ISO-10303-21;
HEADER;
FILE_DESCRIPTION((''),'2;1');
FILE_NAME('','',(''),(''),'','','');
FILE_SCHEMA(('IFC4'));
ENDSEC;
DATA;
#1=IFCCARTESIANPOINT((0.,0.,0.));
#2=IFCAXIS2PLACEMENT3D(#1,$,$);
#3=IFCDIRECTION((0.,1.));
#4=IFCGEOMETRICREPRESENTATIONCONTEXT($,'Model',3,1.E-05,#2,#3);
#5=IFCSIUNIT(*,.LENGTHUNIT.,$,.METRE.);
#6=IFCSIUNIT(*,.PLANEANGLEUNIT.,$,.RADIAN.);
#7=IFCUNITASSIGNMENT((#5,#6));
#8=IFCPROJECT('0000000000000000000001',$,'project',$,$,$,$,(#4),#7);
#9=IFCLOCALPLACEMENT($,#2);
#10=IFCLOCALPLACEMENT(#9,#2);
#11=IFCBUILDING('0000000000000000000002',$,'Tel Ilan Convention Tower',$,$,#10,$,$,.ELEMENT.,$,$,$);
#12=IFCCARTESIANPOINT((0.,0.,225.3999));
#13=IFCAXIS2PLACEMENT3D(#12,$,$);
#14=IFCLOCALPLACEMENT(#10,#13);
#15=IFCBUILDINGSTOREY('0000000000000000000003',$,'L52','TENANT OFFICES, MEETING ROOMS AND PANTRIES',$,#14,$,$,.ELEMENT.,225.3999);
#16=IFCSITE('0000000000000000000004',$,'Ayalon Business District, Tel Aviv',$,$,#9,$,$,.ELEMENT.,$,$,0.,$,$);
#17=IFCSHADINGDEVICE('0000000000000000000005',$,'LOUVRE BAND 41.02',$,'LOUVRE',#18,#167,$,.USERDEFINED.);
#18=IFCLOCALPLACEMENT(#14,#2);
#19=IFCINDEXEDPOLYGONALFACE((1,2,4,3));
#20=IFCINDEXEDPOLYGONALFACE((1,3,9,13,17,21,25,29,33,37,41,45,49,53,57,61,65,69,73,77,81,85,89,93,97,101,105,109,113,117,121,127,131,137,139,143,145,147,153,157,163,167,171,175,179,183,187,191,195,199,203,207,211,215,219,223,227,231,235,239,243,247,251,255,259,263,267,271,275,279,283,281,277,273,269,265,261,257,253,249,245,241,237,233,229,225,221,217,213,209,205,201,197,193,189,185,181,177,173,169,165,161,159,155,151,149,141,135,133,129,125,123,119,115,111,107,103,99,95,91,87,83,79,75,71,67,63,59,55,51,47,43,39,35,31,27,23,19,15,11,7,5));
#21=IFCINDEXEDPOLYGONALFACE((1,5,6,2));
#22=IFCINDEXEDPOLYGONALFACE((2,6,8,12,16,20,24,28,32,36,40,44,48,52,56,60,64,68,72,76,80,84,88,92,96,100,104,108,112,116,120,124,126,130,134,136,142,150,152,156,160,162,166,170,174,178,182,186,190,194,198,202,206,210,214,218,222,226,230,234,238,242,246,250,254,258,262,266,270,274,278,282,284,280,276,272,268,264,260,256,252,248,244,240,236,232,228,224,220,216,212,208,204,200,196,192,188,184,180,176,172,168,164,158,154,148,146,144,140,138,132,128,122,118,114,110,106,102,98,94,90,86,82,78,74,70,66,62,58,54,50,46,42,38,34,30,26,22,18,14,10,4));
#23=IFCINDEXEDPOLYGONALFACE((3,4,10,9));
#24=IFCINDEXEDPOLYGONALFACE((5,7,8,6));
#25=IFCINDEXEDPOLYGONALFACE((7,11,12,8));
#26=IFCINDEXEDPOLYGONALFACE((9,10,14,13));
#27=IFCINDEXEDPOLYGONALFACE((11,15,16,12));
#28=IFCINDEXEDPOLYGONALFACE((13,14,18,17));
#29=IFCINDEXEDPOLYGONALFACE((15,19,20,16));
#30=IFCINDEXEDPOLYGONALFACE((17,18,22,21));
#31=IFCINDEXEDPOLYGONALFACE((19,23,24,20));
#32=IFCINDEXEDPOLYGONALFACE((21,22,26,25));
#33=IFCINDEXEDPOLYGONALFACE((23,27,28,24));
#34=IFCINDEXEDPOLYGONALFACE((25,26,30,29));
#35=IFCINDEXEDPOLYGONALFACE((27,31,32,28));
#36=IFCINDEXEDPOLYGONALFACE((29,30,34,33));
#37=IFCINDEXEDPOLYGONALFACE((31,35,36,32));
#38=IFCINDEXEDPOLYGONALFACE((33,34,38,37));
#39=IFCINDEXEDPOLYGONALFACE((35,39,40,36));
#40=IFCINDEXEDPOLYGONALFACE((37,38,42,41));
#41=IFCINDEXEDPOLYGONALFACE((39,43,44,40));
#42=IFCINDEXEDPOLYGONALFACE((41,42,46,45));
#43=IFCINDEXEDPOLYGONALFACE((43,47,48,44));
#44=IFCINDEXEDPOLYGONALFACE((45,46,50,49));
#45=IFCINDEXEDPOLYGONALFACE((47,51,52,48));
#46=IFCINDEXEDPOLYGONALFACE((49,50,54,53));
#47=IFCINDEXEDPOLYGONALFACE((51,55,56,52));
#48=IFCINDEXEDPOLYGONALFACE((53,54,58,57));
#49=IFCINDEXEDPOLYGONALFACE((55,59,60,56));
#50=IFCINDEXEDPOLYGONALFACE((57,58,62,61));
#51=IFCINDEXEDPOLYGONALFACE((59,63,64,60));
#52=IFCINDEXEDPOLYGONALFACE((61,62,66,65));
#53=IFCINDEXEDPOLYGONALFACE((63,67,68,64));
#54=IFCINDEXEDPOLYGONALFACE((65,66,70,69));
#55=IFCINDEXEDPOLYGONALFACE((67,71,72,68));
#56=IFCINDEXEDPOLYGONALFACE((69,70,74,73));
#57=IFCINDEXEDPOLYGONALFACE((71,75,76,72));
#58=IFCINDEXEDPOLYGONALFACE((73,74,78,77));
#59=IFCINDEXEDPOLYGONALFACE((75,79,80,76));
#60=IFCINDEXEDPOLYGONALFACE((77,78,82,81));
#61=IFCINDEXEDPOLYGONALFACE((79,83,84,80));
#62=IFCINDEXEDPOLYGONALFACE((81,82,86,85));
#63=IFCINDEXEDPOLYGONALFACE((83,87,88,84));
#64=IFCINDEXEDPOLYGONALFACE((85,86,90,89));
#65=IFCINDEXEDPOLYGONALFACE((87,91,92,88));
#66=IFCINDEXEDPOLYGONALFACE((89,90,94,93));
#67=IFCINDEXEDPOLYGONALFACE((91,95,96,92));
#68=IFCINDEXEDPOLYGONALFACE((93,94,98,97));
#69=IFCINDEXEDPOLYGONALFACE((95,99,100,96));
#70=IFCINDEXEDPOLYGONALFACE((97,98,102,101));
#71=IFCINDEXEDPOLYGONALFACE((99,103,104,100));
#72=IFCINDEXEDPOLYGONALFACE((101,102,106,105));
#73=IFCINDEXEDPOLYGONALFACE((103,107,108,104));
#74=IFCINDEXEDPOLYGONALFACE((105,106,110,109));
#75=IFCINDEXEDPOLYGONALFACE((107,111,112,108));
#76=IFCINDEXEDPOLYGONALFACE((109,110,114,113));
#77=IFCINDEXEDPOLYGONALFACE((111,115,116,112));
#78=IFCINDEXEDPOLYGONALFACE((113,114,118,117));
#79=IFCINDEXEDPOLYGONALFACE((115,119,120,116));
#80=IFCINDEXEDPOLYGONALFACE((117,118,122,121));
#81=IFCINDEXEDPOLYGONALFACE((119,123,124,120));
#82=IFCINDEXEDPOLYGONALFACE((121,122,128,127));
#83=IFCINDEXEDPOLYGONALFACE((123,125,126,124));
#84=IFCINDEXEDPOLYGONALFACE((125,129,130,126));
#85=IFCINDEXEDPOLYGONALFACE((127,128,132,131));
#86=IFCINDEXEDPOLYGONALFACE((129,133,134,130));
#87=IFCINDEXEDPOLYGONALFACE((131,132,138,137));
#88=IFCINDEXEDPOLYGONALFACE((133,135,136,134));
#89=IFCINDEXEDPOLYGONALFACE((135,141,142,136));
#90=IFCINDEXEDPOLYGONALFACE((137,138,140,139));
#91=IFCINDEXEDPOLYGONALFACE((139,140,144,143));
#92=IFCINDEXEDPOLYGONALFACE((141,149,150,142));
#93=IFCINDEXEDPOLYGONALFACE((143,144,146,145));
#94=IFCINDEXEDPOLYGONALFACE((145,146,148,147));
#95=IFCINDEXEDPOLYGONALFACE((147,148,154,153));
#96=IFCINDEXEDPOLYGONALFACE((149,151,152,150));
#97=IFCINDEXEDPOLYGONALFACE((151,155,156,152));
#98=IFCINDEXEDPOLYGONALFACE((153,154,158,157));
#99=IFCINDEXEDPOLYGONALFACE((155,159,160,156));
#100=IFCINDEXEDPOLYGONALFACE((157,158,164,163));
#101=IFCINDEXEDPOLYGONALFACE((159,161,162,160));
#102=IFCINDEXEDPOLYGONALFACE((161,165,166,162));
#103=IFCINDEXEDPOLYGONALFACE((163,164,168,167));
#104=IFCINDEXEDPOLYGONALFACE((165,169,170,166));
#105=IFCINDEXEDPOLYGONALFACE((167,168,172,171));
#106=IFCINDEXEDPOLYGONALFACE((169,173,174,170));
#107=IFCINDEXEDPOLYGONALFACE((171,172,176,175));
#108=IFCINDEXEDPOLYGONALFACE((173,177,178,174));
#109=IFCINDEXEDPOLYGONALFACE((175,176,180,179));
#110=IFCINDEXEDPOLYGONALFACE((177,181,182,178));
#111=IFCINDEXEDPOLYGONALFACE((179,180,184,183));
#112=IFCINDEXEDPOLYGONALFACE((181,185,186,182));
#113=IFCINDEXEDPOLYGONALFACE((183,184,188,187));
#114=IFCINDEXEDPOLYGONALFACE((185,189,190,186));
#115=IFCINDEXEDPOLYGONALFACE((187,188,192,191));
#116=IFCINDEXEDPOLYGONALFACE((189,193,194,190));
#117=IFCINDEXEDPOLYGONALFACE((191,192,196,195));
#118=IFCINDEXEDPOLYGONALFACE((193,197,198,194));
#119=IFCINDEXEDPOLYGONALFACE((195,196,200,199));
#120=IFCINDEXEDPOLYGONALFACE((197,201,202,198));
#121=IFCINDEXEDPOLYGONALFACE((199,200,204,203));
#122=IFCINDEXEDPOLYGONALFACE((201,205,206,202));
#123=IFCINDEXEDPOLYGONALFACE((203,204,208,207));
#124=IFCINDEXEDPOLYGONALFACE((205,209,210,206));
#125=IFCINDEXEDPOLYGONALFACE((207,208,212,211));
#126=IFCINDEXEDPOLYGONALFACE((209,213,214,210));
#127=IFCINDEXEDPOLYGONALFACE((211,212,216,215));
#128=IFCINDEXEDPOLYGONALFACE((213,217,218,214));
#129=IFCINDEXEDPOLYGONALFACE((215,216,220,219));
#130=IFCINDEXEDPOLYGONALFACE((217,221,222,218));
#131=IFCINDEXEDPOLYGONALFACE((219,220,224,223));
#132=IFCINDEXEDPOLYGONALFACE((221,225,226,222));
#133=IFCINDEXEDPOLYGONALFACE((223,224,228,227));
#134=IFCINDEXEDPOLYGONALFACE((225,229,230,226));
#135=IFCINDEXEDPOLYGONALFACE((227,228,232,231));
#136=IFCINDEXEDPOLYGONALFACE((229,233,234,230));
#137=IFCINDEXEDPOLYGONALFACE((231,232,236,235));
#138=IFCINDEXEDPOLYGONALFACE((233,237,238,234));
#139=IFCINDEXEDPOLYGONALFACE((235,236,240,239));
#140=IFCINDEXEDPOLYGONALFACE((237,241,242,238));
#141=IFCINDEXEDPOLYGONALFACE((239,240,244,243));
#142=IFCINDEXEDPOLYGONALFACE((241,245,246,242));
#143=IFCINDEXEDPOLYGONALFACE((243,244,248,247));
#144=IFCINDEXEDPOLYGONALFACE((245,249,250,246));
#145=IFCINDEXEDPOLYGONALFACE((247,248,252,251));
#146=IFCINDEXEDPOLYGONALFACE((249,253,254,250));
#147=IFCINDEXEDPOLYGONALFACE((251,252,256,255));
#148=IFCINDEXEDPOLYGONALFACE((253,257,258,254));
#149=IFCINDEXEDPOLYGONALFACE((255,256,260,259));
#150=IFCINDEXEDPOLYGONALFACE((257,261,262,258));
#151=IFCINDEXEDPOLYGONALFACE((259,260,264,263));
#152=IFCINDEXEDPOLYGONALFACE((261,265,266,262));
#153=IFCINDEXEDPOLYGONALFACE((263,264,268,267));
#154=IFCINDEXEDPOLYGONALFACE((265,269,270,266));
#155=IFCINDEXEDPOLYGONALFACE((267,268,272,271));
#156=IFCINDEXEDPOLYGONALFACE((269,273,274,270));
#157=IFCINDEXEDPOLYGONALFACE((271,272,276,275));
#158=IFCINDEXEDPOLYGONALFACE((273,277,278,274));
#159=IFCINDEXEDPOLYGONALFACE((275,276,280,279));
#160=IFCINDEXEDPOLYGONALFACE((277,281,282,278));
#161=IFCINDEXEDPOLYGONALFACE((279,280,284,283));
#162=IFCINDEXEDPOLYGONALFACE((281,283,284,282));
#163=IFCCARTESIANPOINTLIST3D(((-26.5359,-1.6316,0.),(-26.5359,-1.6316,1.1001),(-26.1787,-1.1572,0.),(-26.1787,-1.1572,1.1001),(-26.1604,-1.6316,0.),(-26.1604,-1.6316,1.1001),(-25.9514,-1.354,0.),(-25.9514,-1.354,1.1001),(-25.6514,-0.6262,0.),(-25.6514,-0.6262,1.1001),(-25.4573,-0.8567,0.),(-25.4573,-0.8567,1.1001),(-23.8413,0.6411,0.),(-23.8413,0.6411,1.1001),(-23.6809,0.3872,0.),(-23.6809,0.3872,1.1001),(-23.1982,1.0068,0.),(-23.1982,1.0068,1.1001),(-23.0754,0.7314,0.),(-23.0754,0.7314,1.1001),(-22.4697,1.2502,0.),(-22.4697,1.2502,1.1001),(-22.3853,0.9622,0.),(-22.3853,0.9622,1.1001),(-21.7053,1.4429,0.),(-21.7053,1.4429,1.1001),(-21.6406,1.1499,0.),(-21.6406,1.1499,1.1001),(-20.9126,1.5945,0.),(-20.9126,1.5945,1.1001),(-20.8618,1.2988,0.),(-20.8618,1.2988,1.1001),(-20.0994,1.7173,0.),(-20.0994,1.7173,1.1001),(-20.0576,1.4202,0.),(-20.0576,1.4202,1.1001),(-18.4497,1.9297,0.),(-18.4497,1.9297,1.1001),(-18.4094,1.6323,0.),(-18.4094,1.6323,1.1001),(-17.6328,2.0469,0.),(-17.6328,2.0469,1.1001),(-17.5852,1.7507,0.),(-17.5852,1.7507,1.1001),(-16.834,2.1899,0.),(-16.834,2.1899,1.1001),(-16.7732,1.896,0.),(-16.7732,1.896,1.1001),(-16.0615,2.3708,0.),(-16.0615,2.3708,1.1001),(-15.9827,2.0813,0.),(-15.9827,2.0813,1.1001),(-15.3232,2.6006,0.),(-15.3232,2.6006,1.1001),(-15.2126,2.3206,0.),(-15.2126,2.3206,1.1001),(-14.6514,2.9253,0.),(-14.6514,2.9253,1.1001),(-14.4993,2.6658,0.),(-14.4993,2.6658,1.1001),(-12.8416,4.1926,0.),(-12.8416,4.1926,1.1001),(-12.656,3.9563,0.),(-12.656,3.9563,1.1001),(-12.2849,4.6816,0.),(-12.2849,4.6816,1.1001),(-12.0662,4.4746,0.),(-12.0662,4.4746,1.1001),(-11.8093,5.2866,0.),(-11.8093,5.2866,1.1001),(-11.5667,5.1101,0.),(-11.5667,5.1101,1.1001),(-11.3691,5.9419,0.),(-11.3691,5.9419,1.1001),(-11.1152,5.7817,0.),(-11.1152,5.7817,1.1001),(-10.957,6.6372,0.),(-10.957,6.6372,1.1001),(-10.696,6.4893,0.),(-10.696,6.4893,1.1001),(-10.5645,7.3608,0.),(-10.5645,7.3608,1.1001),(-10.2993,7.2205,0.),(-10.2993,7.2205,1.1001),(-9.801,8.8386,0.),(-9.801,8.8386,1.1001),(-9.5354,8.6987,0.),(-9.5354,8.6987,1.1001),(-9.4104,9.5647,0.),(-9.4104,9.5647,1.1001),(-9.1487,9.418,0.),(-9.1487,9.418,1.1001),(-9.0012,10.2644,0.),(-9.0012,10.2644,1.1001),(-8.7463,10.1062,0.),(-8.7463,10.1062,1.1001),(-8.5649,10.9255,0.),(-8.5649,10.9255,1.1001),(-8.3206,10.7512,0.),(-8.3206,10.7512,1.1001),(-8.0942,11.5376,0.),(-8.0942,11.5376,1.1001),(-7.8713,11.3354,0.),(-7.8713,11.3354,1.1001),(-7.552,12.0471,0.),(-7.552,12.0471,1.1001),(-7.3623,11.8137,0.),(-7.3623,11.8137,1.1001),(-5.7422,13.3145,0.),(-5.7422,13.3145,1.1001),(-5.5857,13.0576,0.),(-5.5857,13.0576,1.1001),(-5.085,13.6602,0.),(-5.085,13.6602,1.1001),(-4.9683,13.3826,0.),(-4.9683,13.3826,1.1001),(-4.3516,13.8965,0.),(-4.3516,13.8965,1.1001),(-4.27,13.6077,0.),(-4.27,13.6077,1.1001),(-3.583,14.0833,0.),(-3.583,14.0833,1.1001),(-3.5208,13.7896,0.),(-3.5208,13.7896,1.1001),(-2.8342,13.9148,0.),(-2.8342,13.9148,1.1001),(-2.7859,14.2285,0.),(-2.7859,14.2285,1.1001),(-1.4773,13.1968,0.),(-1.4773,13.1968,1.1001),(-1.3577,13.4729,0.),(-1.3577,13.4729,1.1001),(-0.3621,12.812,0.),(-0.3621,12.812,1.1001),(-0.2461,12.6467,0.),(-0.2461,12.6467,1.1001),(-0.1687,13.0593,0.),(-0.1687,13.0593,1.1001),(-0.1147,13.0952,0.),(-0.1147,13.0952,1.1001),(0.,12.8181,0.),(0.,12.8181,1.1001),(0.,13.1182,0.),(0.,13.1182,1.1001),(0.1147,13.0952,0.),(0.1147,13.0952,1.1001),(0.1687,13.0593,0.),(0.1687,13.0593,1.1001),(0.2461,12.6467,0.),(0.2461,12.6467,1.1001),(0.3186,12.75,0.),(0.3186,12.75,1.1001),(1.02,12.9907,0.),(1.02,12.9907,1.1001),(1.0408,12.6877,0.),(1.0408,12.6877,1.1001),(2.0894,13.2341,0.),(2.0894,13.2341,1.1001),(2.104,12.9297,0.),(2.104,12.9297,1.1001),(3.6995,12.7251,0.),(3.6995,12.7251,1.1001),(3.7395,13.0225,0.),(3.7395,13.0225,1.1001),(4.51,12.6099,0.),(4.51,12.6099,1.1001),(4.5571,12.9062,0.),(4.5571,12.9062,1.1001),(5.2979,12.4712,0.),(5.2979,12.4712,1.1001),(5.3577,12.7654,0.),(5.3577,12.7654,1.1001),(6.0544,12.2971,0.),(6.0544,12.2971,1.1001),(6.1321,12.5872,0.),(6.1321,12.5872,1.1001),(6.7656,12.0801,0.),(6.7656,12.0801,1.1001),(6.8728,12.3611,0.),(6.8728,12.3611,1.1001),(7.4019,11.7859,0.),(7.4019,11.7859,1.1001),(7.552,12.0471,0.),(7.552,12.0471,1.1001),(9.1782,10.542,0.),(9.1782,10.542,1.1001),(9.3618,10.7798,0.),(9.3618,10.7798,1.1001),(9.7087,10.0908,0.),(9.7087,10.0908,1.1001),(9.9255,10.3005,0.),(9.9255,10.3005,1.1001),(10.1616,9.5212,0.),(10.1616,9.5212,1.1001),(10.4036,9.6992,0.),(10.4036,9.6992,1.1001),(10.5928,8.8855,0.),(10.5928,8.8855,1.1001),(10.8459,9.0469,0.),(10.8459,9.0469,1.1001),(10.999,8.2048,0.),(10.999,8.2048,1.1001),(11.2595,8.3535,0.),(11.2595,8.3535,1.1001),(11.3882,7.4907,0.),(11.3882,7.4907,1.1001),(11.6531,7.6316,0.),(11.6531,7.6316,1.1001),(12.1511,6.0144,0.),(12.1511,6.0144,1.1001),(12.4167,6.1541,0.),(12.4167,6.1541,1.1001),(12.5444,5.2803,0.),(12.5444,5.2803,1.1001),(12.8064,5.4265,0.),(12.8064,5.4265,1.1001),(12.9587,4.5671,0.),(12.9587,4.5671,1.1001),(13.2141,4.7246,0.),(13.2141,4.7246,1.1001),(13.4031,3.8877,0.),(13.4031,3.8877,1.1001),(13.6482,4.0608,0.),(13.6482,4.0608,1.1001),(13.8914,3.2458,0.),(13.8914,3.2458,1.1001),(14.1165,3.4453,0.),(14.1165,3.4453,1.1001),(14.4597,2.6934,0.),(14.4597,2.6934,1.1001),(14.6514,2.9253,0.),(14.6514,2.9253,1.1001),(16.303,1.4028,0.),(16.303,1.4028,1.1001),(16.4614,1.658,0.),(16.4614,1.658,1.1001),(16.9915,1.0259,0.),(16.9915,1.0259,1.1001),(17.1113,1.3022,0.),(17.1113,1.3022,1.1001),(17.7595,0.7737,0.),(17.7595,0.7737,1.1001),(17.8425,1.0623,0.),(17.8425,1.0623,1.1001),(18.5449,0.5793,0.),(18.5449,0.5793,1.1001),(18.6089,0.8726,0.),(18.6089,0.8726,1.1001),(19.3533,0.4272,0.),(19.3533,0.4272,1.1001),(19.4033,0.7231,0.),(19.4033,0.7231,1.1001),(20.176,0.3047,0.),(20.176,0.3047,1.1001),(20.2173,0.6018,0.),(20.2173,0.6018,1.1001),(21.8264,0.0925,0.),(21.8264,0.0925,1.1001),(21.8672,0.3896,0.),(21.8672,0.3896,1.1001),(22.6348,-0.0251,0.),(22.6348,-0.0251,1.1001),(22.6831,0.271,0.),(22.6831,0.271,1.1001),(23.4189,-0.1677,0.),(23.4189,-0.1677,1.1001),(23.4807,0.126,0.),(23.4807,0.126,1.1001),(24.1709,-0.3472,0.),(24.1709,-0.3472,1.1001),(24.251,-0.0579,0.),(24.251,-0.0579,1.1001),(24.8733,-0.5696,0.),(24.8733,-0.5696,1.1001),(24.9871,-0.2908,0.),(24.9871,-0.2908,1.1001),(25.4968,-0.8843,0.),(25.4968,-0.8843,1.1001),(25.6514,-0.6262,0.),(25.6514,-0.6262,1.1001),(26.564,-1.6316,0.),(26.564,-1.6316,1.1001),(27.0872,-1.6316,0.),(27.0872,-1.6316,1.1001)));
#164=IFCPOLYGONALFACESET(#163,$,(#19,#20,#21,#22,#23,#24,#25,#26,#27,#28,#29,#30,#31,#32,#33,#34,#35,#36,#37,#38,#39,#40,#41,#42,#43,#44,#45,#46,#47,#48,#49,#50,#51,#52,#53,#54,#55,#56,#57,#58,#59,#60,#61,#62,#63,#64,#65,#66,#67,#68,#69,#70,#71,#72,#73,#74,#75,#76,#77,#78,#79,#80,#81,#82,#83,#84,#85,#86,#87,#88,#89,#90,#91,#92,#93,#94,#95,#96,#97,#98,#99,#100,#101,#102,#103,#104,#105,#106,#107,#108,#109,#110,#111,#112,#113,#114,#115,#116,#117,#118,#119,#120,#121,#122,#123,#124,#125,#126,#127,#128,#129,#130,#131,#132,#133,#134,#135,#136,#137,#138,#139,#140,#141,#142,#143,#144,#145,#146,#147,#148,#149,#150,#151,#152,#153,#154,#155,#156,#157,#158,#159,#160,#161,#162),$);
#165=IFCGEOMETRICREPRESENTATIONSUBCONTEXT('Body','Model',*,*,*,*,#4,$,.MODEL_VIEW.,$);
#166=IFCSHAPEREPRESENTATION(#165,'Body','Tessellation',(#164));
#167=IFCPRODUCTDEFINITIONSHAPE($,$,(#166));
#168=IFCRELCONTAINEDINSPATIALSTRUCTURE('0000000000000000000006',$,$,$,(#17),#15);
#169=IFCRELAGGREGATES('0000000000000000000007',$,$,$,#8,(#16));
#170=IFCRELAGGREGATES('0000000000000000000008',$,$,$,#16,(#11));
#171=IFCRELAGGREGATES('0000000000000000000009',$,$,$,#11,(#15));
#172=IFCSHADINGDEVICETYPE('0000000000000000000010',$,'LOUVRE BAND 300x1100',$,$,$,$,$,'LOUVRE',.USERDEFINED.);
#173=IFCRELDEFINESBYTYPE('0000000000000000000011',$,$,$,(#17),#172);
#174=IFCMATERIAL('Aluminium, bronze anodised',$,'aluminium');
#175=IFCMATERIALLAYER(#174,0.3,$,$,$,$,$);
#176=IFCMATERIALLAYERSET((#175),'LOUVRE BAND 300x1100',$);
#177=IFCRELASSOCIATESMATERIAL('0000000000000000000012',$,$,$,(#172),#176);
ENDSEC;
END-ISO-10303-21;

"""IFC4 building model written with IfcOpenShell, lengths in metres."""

from ifc_helpers import new_model, si_unit, direction, frame, origin, place, context, subcontext, project, spatial, polyline, outline, extrude, material, layer, layer_set, type_object, element, save


model = new_model("IFC4")

# Units and contexts
model_context = context("Model", 3, precision=1e-05, world=origin(), true_north=direction((0.0, 1.0)))
body_context = subcontext(model_context, "Body", "Model", "MODEL_VIEW")
ifc_project = project(units=[si_unit("LENGTHUNIT", "METRE"), si_unit("PLANEANGLEUNIT", "RADIAN")], contexts=[model_context])

# Site, building, storey
site_placement = place(None, origin())
site = spatial("IfcSite", under=ifc_project, at=site_placement, Name="Ayalon Business District, Tel Aviv", CompositionType="ELEMENT", RefElevation=0.0)
building_placement = place(site_placement, origin())
building = spatial("IfcBuilding", under=site, at=building_placement, Name="Tel Ilan Convention Tower", CompositionType="ELEMENT")
storey_placement = place(building_placement, frame((0.0, 0.0, 225.3999)))
storey = spatial("IfcBuildingStorey", under=building, at=storey_placement, Name="L52", Description="TENANT OFFICES, MEETING ROOMS AND PANTRIES", CompositionType="ELEMENT", Elevation=225.3999)

# Shading device
ifc_material_1 = material(Name="Aluminium, bronze anodised", Category="aluminium")
ifc_layer_1 = layer(ifc_material_1, 0.3)
ifc_layer_set_1 = layer_set([ifc_layer_1], Name="LOUVRE BAND 300x1100")
shading_device_type = type_object("IfcShadingDeviceType", Name="LOUVRE BAND 300x1100", ElementType="LOUVRE", PredefinedType="USERDEFINED", material=ifc_layer_set_1)
shading_device_1_placement = place(storey_placement, origin())
element("IfcShadingDevice", 1, at=shading_device_1_placement, inside=storey, type_object=shading_device_type, Name="LOUVRE BAND 41.02", ObjectType="LOUVRE", PredefinedType="USERDEFINED", context=body_context, shape_type="SweptSolid", body=[
    extrude(outline(polyline([(-26.1787, -1.1572), (-26.5359, -1.6316), (-26.1604, -1.6316), (-25.9514, -1.354), (-25.4573, -0.8567), (-23.6809, 0.3872), (-23.0754, 0.7314), (-22.3853, 0.9622), (-21.6406, 1.1499), (-20.8618, 1.2988), (-20.0576, 1.4202), (-18.4094, 1.6323), (-17.5852, 1.7507), (-16.7732, 1.896), (-15.9827, 2.0813), (-15.2126, 2.3206), (-14.4993, 2.6658), (-12.656, 3.9563), (-12.0662, 4.4746), (-11.5667, 5.1101), (-11.1152, 5.7817), (-10.696, 6.4893), (-10.2993, 7.2205), (-9.5354, 8.6987), (-9.1487, 9.418), (-8.7463, 10.1062), (-8.3206, 10.7512), (-7.8713, 11.3354), (-7.3623, 11.8137), (-5.5857, 13.0576), (-4.9683, 13.3826), (-4.27, 13.6077), (-3.5208, 13.7896), (-2.8342, 13.9148), (-1.4773, 13.1968), (-0.3621, 12.812), (-0.2461, 12.6467), (0.0, 12.8181), (0.2461, 12.6467), (0.3186, 12.75), (1.0408, 12.6877), (2.104, 12.9297), (3.6995, 12.7251), (4.51, 12.6099), (5.2979, 12.4712), (6.0544, 12.2971), (6.7656, 12.0801), (7.4019, 11.7859), (9.1782, 10.542), (9.7087, 10.0908), (10.1616, 9.5212), (10.5928, 8.8855), (10.999, 8.2048), (11.3882, 7.4907), (12.1511, 6.0144), (12.5444, 5.2803), (12.9587, 4.5671), (13.4031, 3.8877), (13.8914, 3.2458), (14.4597, 2.6934), (16.303, 1.4028), (16.9915, 1.0259), (17.7595, 0.7737), (18.5449, 0.5793), (19.3533, 0.4272), (20.176, 0.3047), (21.8264, 0.0925), (22.6348, -0.0251), (23.4189, -0.1677), (24.1709, -0.3472), (24.8733, -0.5696), (25.4968, -0.8843), (26.564, -1.6316), (27.0872, -1.6316), (25.6514, -0.6262), (24.9871, -0.2908), (24.251, -0.0579), (23.4807, 0.126), (22.6831, 0.271), (21.8672, 0.3896), (20.2173, 0.6018), (19.4033, 0.7231), (18.6089, 0.8726), (17.8425, 1.0623), (17.1113, 1.3022), (16.4614, 1.658), (14.6514, 2.9253), (14.1165, 3.4453), (13.6482, 4.0608), (13.2141, 4.7246), (12.8064, 5.4265), (12.4167, 6.1541), (11.6531, 7.6316), (11.2595, 8.3535), (10.8459, 9.0469), (10.4036, 9.6992), (9.9255, 10.3005), (9.3618, 10.7798), (7.552, 12.0471), (6.8728, 12.3611), (6.1321, 12.5872), (5.3577, 12.7654), (4.5571, 12.9062), (3.7395, 13.0225), (2.0894, 13.2341), (1.02, 12.9907), (0.1687, 13.0593), (0.1147, 13.0952), (0.0, 13.1182), (-0.1147, 13.0952), (-0.1687, 13.0593), (-1.3577, 13.4729), (-2.7859, 14.2285), (-3.583, 14.0833), (-4.3516, 13.8965), (-5.085, 13.6602), (-5.7422, 13.3145), (-7.552, 12.0471), (-8.0942, 11.5376), (-8.5649, 10.9255), (-9.0012, 10.2644), (-9.4104, 9.5647), (-9.801, 8.8386), (-10.5645, 7.3608), (-10.957, 6.6372), (-11.3691, 5.9419), (-11.8093, 5.2866), (-12.2849, 4.6816), (-12.8416, 4.1926), (-14.6514, 2.9253), (-15.3232, 2.6006), (-16.0615, 2.3708), (-16.834, 2.1899), (-17.6328, 2.0469), (-18.4497, 1.9297), (-20.0994, 1.7173), (-20.9126, 1.5945), (-21.7053, 1.4429), (-22.4697, 1.2502), (-23.1982, 1.0068), (-23.8413, 0.6411), (-25.6514, -0.6262), (-26.1787, -1.1572)])), origin(), (0.0, 0.0, 1.0), 1.1001),
])

save(model, "model.ifc")
